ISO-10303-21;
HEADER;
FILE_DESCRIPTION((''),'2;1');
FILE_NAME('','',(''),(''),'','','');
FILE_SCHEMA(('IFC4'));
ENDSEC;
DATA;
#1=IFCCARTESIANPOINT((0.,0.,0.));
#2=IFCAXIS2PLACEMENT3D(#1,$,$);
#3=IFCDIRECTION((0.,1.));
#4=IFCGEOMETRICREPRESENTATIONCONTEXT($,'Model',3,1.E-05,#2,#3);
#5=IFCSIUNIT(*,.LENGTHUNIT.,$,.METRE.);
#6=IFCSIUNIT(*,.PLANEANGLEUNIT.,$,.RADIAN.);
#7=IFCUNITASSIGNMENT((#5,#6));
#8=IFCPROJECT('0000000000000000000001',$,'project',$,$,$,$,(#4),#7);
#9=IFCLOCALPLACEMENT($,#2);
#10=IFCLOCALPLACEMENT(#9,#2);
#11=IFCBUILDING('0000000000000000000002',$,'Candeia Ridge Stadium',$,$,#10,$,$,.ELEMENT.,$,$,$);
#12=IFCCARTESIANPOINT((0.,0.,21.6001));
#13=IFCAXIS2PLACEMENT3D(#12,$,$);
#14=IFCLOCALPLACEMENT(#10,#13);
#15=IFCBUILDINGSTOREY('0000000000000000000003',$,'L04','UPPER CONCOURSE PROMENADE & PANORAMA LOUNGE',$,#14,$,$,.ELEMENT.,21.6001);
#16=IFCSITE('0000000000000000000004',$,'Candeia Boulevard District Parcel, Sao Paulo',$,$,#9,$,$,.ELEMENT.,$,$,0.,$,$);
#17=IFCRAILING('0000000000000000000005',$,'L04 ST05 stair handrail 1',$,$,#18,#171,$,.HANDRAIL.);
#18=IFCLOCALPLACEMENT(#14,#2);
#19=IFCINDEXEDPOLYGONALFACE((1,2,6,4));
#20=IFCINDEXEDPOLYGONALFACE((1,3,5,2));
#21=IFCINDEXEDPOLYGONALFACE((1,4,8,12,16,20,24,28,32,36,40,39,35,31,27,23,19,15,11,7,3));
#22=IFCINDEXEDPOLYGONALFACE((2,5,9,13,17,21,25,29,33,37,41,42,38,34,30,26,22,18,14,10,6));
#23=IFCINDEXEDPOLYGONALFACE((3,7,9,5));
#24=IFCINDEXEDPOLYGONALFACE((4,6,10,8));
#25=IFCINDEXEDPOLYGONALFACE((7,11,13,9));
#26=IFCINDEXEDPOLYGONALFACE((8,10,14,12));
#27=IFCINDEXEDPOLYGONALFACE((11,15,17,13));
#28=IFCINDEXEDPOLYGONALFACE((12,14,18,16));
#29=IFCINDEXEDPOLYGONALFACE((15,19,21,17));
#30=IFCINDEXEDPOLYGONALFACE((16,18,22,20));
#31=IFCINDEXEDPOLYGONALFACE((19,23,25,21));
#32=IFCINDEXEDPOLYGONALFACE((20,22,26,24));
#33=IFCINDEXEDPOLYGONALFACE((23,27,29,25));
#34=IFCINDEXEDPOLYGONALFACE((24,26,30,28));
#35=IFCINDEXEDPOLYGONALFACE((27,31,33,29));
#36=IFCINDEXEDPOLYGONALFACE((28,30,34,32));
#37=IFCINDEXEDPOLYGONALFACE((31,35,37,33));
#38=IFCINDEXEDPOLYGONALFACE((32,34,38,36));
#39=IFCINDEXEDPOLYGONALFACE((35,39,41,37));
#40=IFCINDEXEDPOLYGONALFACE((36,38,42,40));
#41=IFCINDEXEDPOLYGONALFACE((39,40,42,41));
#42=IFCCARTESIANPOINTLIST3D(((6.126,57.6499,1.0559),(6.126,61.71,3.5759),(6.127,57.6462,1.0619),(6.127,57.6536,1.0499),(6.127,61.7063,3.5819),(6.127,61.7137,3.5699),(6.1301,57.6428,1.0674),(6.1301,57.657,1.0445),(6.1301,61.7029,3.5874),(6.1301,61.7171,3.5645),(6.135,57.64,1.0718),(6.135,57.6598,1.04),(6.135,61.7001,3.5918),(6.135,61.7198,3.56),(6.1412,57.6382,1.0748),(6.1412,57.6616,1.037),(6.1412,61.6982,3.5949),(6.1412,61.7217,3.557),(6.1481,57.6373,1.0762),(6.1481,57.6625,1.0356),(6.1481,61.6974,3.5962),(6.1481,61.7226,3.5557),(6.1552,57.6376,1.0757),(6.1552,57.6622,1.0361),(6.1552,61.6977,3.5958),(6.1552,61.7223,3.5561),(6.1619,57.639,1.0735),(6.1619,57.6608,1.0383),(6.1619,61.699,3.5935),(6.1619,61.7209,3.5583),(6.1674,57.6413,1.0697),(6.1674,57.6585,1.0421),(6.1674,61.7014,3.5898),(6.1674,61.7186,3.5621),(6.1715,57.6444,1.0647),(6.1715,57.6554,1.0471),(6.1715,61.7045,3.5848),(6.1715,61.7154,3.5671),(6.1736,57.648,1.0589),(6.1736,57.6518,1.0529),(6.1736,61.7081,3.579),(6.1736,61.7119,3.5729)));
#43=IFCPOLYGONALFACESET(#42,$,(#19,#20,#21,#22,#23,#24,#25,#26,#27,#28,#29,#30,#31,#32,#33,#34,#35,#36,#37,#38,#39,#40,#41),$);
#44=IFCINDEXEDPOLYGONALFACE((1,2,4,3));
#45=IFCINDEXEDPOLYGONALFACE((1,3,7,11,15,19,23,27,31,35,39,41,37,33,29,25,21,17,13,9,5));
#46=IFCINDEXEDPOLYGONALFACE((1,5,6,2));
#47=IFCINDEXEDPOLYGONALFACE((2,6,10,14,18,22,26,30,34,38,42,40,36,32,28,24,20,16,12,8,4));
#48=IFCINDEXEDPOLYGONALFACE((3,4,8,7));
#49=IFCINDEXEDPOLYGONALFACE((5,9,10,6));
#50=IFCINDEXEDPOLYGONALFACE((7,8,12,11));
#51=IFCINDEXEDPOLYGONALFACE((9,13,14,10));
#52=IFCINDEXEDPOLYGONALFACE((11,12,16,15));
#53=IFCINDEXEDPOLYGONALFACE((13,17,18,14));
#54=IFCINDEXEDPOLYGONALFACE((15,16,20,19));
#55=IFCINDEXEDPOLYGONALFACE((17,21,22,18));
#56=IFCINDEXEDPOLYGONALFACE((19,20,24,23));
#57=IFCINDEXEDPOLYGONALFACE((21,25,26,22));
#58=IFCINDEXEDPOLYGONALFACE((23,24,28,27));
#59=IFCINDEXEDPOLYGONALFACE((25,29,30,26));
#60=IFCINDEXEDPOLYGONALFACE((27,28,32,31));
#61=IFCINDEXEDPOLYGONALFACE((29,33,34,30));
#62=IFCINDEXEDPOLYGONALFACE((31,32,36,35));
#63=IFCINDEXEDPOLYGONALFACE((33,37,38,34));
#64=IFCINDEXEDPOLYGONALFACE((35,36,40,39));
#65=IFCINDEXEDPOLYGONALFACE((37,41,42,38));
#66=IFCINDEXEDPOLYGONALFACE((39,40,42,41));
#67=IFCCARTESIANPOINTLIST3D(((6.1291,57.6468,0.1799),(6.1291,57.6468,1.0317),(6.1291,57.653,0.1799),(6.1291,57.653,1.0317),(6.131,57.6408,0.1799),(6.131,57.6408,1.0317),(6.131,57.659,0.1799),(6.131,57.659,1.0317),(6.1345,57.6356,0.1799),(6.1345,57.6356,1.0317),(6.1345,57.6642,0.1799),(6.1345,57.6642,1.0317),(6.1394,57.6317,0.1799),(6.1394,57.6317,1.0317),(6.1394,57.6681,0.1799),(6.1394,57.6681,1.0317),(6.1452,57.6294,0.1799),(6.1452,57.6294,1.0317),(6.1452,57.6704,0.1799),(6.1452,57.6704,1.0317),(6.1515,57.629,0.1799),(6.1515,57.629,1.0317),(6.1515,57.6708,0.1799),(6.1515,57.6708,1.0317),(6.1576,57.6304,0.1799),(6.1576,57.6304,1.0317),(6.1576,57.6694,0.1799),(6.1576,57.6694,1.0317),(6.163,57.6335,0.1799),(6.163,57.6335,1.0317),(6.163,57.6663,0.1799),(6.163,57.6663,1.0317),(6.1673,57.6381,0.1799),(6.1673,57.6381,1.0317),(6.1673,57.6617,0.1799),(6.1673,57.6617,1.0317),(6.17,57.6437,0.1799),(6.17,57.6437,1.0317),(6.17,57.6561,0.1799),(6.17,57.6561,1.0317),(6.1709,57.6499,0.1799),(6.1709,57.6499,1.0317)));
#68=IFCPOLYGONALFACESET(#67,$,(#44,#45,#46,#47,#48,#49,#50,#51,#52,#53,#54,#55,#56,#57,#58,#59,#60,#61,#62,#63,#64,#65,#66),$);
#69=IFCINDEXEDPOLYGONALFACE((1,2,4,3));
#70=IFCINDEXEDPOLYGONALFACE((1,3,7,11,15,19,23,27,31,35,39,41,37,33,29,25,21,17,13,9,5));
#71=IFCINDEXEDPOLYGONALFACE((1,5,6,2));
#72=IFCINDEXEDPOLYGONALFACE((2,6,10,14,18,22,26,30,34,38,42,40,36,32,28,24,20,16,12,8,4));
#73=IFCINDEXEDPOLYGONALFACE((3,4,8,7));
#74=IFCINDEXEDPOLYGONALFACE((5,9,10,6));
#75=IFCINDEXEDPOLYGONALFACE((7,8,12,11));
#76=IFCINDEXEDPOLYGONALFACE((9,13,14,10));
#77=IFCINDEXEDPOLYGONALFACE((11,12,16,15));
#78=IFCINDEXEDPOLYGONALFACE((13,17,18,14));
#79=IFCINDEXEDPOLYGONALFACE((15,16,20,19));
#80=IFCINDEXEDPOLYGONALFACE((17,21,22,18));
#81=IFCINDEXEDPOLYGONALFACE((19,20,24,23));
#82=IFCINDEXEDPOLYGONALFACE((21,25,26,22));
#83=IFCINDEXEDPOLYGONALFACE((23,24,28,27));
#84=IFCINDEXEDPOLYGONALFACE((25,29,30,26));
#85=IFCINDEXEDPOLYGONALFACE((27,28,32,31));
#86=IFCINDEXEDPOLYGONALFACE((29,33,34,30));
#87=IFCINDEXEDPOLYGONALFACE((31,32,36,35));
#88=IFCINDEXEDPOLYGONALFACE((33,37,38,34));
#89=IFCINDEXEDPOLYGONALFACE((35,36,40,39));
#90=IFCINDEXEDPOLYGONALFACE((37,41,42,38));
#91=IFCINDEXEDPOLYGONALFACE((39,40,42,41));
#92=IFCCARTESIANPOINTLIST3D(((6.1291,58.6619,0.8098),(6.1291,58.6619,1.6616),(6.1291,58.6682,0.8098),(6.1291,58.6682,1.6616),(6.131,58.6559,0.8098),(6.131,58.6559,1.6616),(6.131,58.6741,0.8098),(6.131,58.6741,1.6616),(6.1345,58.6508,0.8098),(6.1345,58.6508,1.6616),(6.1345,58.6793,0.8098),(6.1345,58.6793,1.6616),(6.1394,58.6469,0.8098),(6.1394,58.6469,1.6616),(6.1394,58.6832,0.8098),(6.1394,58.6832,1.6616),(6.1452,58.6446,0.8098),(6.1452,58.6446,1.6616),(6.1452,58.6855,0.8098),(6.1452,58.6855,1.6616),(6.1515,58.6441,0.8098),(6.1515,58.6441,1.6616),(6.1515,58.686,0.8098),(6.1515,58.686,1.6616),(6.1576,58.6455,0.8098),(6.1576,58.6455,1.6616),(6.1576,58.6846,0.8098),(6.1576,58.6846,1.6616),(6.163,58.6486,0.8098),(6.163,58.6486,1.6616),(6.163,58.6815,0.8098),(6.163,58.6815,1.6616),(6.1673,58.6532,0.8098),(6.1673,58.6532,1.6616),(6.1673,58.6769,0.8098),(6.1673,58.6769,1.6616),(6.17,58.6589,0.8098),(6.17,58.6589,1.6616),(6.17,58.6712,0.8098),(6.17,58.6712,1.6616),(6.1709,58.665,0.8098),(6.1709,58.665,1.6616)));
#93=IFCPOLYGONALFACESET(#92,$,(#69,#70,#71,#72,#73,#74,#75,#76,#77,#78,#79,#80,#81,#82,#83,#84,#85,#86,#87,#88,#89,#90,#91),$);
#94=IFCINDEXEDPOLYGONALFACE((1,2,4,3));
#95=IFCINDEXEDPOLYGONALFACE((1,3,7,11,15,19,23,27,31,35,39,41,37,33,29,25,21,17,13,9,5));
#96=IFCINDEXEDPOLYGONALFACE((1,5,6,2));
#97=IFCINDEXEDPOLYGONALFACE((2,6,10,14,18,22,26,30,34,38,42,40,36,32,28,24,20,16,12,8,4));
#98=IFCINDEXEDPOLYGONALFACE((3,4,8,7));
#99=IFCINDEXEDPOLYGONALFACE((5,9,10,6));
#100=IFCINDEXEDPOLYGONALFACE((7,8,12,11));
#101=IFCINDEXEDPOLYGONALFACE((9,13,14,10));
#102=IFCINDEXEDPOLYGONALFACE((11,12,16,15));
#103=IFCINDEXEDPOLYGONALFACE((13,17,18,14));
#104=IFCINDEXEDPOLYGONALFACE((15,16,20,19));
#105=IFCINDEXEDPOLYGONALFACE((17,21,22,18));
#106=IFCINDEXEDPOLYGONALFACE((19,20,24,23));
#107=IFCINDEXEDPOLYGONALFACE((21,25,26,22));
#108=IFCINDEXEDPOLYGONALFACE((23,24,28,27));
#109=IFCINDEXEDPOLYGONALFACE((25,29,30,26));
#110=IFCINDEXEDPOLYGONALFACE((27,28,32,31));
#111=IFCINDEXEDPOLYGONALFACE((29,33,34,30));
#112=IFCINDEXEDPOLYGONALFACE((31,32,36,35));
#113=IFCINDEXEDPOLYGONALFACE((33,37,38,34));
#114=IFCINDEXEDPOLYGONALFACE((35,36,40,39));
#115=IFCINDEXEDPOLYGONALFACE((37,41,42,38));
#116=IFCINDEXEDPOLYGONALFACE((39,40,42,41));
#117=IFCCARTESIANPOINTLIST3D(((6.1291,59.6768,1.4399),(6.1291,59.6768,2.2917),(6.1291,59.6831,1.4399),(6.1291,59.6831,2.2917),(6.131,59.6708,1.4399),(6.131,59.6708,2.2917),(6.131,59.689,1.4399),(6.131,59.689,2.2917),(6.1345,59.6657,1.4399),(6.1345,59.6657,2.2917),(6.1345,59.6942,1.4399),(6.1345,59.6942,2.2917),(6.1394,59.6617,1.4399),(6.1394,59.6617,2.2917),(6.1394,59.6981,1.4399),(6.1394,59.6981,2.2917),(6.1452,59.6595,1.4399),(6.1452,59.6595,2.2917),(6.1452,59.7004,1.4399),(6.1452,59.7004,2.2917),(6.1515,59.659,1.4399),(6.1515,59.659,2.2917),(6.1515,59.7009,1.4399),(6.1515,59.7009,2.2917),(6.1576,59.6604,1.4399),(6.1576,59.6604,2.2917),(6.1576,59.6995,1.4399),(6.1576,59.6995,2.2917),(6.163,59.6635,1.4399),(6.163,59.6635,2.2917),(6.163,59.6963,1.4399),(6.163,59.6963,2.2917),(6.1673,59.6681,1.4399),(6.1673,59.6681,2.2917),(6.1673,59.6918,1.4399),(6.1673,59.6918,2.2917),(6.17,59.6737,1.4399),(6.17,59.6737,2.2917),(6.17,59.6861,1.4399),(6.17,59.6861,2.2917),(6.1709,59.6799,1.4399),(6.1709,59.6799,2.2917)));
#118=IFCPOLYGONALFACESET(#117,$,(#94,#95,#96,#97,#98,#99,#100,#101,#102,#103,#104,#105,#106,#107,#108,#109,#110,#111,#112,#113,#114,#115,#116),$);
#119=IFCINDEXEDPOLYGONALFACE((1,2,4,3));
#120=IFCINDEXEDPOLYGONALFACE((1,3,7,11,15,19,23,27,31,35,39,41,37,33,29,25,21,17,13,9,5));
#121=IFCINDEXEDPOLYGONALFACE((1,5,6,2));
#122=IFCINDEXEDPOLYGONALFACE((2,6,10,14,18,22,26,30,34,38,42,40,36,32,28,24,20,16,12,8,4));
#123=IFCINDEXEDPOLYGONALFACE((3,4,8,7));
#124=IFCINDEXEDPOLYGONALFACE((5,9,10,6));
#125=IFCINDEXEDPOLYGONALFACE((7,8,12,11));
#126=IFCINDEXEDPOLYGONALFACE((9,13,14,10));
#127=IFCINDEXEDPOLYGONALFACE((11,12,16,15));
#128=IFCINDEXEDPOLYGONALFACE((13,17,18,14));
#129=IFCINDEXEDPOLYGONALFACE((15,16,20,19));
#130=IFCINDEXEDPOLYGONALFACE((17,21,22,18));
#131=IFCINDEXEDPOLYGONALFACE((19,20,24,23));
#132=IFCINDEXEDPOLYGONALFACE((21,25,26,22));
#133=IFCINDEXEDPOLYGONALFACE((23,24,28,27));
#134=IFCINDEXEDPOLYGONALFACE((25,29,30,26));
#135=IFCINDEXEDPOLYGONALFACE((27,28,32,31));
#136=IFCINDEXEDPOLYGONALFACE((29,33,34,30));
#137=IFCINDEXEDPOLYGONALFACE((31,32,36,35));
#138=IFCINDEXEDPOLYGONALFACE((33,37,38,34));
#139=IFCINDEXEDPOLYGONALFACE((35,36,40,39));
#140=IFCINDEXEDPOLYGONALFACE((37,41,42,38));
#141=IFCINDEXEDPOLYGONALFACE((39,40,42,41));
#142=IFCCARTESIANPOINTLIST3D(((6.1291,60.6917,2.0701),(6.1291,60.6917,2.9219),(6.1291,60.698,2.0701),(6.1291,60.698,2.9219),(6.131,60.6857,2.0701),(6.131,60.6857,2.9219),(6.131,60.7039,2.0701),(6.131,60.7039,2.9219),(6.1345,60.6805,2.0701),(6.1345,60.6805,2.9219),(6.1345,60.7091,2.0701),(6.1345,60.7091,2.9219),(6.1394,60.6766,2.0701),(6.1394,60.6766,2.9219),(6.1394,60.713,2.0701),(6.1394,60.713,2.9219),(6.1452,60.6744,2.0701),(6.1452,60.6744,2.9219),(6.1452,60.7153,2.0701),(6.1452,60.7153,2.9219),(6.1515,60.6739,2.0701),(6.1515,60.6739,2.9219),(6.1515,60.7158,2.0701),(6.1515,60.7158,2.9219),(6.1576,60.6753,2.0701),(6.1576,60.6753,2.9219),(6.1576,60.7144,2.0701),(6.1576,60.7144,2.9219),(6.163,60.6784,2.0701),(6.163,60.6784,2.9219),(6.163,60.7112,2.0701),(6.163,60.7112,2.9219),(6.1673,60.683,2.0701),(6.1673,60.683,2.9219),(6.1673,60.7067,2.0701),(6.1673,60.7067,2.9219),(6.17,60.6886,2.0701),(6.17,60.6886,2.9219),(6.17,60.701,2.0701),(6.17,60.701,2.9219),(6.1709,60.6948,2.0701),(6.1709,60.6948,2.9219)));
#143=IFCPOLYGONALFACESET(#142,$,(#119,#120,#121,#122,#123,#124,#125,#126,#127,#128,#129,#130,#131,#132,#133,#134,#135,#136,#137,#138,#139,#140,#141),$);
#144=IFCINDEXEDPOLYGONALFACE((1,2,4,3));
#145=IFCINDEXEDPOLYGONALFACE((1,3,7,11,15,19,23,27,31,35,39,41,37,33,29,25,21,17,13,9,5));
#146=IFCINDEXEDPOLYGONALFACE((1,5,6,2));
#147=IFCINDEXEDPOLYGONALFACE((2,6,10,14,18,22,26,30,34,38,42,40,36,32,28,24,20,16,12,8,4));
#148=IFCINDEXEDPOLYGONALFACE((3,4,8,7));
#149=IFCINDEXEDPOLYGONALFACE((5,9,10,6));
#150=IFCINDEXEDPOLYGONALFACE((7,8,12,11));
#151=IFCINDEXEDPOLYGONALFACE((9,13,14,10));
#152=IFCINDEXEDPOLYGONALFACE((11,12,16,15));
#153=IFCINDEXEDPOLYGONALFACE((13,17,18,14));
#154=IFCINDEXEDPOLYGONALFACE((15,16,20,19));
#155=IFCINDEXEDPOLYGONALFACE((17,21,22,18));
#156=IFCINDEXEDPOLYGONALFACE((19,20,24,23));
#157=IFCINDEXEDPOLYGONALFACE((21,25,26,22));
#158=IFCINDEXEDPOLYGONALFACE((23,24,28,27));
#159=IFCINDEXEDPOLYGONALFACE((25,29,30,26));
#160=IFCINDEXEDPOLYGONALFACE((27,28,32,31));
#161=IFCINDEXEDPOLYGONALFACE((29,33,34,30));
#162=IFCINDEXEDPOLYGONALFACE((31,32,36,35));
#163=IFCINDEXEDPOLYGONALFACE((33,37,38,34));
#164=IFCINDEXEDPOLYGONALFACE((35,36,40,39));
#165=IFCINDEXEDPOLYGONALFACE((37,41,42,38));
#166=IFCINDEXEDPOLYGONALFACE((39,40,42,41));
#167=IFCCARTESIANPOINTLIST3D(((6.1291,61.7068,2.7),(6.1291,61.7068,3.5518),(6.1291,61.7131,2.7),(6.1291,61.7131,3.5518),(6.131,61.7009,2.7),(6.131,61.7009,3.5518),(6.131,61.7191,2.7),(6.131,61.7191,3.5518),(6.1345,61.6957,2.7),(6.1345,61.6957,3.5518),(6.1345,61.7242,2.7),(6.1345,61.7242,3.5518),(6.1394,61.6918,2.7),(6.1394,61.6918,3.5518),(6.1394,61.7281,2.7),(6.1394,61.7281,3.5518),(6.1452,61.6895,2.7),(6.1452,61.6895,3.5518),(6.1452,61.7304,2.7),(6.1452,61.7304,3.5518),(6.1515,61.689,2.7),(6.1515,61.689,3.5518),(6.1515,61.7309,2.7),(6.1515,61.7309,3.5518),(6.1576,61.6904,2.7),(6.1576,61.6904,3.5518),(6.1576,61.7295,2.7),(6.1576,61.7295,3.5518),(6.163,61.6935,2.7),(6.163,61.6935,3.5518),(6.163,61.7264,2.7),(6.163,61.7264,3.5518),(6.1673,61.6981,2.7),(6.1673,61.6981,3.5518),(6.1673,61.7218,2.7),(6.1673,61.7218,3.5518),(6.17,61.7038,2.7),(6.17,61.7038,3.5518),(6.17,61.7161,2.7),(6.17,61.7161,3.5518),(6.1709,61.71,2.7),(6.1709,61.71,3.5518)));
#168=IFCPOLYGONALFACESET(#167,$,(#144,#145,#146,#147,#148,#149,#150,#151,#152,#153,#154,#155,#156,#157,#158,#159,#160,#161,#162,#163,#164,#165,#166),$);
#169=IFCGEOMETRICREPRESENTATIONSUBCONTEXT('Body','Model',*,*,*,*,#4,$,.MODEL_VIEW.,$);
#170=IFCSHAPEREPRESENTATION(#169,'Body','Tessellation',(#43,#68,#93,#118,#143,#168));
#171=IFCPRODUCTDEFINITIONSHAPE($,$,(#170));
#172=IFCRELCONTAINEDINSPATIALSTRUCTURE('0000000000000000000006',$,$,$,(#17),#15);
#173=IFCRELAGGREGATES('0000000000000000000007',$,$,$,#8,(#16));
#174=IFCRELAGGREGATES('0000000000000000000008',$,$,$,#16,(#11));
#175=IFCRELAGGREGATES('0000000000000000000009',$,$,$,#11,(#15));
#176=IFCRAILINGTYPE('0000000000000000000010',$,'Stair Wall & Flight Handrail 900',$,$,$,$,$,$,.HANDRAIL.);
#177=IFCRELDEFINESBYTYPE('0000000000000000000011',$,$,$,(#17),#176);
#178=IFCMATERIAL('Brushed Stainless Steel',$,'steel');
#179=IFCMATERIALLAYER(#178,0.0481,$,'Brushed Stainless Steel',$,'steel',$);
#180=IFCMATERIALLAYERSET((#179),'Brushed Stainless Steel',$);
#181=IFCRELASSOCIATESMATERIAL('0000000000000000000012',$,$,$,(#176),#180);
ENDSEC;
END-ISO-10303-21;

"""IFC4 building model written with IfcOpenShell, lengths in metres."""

from ifc_helpers import new_model, si_unit, direction, frame, origin, origin_2d, place, context, subcontext, project, spatial, circle, extrude, material, layer, layer_set, type_object, element, save


model = new_model("IFC4")

# Units and contexts
model_context = context("Model", 3, precision=1e-05, world=origin(), true_north=direction((0.0, 1.0)))
body_context = subcontext(model_context, "Body", "Model", "MODEL_VIEW")
ifc_project = project(units=[si_unit("LENGTHUNIT", "METRE"), si_unit("PLANEANGLEUNIT", "RADIAN")], contexts=[model_context])

# Site, building, storey
site_placement = place(None, origin())
site = spatial("IfcSite", under=ifc_project, at=site_placement, Name="Candeia Boulevard District Parcel, Sao Paulo", CompositionType="ELEMENT", RefElevation=0.0)
building_placement = place(site_placement, origin())
building = spatial("IfcBuilding", under=site, at=building_placement, Name="Candeia Ridge Stadium", CompositionType="ELEMENT")
storey_placement = place(building_placement, frame((0.0, 0.0, 21.6001)))
storey = spatial("IfcBuildingStorey", under=building, at=storey_placement, Name="L04", Description="UPPER CONCOURSE PROMENADE & PANORAMA LOUNGE", CompositionType="ELEMENT", Elevation=21.6001)

# Railing
ifc_material_1 = material(Name="Brushed Stainless Steel", Category="steel")
ifc_layer_1 = layer(ifc_material_1, 0.0481, Name="Brushed Stainless Steel", Category="steel")
ifc_layer_set_1 = layer_set([ifc_layer_1], Name="Brushed Stainless Steel")
railing_type_1 = type_object("IfcRailingType", Name="Stair Wall & Flight Handrail 900", PredefinedType="HANDRAIL", material=ifc_layer_set_1)
railing_1_placement = place(storey_placement, frame((6.1499, 57.6499, 0.1799)))
element("IfcRailing", 1, at=railing_1_placement, inside=storey, type_object=railing_type_1, Name="L04 ST05 stair handrail 1", PredefinedType="HANDRAIL", context=body_context, shape_type="SweptSolid", body=[
    extrude(circle(Radius=0.0239, at=origin_2d()), frame((0.0, 0.0, 0.876), z_axis=(0.0, 0.849642, 0.52736), x_axis=(-1.0, 0.0, 0.0)), (0.0, 0.0, 1.0), 4.7786),
    extrude(circle(Radius=0.021, at=origin_2d()), origin(), (0.0, 0.0, 1.0), 0.8518),
    extrude(circle(Radius=0.021, at=origin_2d()), frame((0.0, 1.0151, 0.6299)), (0.0, 0.0, 1.0), 0.8518),
    extrude(circle(Radius=0.021, at=origin_2d()), frame((0.0, 2.03, 1.26)), (0.0, 0.0, 1.0), 0.8518),
    extrude(circle(Radius=0.021, at=origin_2d()), frame((0.0, 3.0449, 1.8901)), (0.0, 0.0, 1.0), 0.8518),
    extrude(circle(Radius=0.021, at=origin_2d()), frame((0.0, 4.0601, 2.52)), (0.0, 0.0, 1.0), 0.8518),
])

save(model, "model.ifc")
